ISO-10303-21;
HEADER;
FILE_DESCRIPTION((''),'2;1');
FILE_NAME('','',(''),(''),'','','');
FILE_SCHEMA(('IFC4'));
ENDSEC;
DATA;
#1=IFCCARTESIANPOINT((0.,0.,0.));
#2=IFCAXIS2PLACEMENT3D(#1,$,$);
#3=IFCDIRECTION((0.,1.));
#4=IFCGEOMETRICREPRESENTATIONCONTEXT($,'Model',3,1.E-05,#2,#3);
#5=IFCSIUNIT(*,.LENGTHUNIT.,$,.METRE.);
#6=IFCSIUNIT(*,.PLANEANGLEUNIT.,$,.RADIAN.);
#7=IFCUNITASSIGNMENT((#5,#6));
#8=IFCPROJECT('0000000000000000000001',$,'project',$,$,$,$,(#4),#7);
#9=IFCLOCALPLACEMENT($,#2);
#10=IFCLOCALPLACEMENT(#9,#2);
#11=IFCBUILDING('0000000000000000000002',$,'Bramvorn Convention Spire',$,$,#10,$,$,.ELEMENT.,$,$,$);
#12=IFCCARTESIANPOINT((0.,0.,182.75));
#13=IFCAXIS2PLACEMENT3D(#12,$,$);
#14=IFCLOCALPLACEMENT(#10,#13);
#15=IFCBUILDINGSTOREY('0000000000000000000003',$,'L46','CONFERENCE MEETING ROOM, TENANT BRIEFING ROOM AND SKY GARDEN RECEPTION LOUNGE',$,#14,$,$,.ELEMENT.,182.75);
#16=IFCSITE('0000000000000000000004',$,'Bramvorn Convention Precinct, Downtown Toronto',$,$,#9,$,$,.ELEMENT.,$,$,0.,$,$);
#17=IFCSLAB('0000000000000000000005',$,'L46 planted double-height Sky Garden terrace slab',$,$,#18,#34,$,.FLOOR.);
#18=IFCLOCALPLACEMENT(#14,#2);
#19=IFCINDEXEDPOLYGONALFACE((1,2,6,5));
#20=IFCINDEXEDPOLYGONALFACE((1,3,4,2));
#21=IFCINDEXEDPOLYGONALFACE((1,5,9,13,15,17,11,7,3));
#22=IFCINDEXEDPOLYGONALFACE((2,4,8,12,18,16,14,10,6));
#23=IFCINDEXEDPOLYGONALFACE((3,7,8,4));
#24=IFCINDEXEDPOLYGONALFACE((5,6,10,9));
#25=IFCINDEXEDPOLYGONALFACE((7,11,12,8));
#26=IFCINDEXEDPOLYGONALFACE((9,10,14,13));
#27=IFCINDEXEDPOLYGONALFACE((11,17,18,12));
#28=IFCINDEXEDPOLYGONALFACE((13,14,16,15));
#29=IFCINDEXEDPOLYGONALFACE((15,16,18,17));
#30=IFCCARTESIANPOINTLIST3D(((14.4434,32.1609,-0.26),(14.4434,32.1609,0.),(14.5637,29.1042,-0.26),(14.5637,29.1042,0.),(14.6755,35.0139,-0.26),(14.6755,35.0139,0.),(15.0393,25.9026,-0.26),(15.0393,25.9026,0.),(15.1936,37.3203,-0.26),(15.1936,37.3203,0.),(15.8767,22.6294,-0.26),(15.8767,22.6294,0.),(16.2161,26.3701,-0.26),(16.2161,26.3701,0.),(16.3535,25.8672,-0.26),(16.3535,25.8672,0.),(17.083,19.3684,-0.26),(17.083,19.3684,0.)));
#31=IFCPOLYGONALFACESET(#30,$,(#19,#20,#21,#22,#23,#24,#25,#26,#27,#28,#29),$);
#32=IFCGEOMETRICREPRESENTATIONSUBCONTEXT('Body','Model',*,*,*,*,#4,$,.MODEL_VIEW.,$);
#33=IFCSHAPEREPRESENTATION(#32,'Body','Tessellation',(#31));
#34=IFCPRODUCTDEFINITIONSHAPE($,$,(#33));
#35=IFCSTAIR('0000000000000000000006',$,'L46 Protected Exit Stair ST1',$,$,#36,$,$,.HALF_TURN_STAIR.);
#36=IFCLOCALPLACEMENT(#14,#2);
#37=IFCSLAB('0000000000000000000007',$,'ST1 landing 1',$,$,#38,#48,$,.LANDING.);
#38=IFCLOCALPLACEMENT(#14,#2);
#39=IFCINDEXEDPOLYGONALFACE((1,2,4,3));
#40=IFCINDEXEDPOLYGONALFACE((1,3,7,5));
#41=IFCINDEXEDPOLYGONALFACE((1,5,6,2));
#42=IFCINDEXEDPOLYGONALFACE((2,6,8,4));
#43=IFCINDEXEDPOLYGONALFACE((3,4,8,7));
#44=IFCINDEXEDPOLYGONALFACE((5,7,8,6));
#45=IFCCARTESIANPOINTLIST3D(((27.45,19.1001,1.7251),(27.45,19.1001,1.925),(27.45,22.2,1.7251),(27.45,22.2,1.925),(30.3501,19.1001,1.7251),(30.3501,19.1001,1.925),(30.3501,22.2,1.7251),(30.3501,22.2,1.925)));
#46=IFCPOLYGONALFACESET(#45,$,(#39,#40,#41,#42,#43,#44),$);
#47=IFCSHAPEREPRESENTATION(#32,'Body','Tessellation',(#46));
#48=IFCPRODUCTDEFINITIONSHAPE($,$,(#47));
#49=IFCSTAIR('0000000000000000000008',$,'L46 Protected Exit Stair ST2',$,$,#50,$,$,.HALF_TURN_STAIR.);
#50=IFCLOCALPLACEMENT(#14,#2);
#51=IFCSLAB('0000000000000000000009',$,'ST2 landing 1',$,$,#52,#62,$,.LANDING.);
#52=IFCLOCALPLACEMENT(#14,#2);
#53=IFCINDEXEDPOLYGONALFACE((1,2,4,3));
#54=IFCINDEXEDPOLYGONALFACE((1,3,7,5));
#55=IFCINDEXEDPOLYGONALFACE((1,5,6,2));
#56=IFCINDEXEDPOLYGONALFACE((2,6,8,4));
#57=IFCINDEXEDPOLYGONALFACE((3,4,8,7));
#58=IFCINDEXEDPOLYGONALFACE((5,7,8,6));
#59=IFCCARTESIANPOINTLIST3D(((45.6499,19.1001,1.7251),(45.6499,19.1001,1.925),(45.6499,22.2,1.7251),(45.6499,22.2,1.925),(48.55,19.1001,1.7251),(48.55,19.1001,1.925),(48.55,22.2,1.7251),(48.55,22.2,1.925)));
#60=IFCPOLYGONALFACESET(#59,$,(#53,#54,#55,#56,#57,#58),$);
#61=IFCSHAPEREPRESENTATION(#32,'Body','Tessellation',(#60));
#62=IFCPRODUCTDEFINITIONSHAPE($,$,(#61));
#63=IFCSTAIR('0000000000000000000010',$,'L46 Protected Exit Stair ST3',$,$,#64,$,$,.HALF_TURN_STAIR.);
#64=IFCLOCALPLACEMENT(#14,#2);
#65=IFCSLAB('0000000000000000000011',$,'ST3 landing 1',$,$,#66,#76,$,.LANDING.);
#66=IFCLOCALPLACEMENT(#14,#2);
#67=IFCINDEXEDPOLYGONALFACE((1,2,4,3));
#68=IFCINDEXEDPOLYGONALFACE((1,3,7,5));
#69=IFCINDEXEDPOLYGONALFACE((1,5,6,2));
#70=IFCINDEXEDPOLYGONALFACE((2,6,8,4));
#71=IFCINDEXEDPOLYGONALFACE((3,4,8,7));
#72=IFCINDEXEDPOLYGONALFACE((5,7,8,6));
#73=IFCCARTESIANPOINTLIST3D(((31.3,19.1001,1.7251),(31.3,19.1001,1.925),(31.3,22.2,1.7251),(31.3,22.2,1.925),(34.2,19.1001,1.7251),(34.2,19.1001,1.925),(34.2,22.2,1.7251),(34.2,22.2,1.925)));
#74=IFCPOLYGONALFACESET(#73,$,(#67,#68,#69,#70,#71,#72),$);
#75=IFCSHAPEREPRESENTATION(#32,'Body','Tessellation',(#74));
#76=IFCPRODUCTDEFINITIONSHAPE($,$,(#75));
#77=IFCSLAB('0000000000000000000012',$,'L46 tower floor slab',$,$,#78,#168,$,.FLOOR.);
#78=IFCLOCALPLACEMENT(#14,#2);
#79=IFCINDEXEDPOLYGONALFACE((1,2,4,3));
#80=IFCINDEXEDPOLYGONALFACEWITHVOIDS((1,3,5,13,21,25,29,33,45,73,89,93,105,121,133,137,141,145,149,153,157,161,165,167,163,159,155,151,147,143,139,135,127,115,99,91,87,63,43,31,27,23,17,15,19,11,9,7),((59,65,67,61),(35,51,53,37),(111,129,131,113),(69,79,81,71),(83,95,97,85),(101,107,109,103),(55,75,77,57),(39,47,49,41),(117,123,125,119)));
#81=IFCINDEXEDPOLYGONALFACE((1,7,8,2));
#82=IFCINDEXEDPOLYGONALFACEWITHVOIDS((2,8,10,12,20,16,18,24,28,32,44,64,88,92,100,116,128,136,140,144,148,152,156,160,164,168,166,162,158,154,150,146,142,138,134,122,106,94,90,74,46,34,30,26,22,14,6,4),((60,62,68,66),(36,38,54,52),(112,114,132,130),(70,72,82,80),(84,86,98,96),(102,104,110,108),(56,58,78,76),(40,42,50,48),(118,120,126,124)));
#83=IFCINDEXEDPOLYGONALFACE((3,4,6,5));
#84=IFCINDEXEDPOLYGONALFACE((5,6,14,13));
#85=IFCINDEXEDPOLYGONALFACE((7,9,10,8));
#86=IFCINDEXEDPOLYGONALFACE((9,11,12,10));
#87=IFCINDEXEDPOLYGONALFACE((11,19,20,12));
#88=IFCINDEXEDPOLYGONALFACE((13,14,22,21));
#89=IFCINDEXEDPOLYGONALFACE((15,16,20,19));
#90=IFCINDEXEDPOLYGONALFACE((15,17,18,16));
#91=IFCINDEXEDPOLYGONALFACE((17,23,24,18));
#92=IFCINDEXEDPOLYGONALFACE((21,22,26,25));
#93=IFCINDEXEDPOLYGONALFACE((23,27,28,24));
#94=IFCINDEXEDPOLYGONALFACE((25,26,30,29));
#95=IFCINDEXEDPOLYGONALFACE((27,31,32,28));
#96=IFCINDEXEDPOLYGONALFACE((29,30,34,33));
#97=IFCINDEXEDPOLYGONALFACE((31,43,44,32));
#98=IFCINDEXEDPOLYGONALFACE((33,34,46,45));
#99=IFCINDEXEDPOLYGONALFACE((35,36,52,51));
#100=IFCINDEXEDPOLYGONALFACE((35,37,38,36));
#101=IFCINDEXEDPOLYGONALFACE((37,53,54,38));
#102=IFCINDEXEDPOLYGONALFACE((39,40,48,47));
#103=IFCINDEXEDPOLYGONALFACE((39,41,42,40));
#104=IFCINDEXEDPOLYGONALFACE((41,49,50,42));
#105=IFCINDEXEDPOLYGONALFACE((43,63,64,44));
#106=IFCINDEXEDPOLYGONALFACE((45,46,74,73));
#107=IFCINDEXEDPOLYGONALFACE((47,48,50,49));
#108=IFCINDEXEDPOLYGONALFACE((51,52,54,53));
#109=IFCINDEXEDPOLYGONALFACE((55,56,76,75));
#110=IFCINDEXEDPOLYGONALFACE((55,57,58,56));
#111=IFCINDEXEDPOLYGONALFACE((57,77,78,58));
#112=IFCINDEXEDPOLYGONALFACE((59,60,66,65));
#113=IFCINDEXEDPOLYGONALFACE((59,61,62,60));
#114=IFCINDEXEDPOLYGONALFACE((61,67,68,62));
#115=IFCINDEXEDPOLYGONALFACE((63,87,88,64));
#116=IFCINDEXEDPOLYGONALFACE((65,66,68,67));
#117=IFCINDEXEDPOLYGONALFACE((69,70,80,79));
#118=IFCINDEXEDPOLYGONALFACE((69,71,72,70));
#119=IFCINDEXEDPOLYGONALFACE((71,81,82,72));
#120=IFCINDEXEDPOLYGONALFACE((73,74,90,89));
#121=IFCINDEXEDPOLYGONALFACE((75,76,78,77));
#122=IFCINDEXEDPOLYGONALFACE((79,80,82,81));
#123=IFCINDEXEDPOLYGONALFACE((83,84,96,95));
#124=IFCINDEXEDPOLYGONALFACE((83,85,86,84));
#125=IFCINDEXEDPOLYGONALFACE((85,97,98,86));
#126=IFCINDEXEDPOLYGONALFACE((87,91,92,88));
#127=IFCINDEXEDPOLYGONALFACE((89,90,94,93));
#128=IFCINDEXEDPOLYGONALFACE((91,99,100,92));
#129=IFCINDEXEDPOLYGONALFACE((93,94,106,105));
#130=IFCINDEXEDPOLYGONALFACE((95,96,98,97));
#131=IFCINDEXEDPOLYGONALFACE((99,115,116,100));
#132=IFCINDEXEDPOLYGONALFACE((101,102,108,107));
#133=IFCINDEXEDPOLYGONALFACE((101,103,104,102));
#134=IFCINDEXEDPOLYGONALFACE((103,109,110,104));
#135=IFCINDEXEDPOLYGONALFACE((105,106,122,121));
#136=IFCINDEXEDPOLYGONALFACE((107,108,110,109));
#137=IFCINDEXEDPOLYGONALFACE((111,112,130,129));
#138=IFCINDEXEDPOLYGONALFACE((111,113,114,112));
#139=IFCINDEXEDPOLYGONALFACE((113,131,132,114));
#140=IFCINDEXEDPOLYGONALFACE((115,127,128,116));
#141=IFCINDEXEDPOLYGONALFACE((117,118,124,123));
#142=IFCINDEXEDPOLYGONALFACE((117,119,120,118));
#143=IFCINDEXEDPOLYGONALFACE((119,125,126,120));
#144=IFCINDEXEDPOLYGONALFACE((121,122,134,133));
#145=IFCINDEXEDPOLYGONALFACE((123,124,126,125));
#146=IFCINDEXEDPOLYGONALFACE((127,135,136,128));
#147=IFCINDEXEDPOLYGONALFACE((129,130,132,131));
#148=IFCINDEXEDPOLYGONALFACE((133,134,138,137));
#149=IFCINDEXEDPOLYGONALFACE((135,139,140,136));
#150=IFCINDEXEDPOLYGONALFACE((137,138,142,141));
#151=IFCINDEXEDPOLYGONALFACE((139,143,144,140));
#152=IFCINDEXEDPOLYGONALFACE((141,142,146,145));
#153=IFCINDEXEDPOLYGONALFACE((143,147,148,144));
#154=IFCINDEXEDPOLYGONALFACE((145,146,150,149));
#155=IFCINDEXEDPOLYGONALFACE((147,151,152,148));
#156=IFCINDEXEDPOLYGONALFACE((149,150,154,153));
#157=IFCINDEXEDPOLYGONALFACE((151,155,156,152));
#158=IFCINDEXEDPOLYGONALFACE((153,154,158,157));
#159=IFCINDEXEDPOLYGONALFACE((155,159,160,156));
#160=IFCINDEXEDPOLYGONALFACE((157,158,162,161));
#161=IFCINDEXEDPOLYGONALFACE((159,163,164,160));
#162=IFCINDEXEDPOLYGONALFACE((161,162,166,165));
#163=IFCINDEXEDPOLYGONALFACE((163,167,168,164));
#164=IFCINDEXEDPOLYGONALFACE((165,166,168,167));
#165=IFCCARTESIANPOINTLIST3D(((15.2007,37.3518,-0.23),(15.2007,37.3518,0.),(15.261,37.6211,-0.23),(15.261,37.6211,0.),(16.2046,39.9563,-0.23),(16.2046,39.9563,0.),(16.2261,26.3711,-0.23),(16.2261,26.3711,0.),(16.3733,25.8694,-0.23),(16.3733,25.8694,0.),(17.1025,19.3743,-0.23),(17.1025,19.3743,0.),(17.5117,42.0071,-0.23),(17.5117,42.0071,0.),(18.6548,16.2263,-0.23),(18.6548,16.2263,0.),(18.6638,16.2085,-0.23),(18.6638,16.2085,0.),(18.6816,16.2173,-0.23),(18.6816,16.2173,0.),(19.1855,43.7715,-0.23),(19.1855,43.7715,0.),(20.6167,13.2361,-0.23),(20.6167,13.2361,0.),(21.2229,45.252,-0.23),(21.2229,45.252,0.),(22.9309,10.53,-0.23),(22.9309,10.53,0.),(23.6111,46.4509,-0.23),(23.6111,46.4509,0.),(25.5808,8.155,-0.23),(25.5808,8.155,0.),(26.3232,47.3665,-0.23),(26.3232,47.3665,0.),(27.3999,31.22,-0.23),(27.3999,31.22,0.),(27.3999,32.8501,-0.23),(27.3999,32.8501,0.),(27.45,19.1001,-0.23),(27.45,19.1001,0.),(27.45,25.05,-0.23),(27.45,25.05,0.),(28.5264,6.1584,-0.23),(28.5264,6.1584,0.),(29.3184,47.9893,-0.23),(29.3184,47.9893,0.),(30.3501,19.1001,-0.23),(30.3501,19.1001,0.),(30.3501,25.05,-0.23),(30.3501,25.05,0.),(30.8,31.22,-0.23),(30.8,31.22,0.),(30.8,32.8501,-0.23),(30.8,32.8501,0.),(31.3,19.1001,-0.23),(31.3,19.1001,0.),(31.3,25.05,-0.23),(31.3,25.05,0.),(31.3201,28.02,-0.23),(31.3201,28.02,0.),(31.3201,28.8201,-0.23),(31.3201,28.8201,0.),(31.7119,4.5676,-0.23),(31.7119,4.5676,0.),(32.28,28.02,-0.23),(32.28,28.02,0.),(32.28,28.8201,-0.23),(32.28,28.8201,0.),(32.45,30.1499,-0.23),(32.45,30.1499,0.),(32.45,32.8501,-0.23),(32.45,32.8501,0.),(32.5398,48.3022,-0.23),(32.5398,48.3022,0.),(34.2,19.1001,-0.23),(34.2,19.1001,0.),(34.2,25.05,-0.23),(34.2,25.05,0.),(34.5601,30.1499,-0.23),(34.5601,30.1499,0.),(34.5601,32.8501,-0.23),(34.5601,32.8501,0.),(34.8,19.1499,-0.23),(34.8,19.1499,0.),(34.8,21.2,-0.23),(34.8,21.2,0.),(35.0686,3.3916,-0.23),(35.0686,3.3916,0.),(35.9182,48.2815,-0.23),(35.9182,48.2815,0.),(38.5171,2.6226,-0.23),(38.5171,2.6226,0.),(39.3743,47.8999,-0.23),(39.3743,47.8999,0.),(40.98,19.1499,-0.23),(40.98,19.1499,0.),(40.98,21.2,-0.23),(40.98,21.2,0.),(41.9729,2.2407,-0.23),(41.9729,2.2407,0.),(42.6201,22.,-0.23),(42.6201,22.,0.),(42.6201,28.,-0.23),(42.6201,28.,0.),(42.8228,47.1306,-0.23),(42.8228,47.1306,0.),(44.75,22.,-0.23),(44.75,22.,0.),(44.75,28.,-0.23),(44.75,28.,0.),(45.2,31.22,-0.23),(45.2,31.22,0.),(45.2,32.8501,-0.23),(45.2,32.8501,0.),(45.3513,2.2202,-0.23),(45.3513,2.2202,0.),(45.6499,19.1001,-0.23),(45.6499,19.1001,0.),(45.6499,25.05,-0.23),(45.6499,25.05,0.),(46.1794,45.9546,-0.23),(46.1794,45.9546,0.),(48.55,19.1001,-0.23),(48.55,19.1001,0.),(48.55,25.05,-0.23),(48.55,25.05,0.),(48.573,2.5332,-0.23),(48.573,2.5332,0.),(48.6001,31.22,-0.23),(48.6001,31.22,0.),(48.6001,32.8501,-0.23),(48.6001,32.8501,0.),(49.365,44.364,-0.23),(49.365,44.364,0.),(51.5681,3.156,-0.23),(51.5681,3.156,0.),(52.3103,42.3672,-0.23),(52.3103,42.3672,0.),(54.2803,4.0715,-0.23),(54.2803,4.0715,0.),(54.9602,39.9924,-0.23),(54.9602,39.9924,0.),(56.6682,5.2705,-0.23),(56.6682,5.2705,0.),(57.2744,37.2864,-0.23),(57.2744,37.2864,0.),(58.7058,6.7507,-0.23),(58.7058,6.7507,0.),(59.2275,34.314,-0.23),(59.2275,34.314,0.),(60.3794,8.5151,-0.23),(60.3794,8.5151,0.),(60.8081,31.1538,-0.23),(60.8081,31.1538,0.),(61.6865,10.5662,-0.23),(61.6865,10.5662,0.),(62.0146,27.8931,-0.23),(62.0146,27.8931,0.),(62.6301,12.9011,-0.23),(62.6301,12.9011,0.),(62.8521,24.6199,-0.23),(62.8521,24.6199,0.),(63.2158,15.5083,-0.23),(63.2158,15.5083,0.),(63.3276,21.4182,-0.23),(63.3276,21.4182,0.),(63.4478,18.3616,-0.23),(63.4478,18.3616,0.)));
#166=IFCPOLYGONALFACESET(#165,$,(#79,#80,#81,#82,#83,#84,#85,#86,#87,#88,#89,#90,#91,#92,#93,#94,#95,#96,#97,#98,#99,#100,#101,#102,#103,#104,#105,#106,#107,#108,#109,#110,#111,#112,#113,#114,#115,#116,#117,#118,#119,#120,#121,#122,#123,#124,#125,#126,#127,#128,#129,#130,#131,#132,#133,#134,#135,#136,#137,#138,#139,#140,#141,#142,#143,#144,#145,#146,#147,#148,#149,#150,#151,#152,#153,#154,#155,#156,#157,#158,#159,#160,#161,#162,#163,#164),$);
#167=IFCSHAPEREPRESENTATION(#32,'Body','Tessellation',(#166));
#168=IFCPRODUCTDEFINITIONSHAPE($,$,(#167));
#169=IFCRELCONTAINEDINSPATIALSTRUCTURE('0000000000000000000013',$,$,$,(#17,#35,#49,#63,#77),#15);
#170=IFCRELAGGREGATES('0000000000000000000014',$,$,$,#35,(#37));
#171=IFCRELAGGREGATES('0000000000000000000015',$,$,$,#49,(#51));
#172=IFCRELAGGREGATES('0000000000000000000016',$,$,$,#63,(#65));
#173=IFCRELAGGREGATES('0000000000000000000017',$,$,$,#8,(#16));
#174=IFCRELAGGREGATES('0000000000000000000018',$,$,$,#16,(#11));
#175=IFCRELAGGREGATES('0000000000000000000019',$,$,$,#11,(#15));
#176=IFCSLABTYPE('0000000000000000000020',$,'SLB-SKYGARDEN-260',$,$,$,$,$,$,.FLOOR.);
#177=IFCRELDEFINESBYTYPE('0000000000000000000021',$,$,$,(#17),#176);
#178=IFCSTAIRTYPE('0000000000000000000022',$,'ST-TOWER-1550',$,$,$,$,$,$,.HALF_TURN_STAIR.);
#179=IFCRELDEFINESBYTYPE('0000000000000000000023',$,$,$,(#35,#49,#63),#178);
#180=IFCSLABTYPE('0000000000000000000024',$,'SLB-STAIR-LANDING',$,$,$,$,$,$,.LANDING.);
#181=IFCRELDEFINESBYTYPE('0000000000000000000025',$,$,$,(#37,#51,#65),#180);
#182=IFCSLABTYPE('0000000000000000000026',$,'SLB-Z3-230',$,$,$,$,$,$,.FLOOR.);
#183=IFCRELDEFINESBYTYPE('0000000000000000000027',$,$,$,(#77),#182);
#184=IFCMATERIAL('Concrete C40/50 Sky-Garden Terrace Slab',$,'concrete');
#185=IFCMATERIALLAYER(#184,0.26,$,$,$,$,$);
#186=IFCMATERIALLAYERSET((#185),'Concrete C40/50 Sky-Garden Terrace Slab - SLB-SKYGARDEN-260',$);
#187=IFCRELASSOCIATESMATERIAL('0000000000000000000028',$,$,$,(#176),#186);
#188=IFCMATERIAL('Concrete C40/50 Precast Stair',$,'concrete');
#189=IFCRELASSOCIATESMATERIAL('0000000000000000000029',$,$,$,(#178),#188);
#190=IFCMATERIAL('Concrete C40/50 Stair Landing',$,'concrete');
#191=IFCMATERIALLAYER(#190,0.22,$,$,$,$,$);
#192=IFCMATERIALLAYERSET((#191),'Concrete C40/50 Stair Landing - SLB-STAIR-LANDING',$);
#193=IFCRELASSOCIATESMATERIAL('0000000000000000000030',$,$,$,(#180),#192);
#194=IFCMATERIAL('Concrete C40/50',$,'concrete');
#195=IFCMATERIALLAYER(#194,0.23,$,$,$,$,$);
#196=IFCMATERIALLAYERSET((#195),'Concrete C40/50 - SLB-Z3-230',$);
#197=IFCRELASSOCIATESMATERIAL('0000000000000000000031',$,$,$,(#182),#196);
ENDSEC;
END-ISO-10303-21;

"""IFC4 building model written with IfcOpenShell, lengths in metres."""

from ifc_helpers import new_model, si_unit, direction, frame, origin, place, context, subcontext, project, spatial, polyline, outline, extrude, material, layer, layer_set, type_object, element, aggregate, save


model = new_model("IFC4")

# Units and contexts
model_context = context("Model", 3, precision=1e-05, world=origin(), true_north=direction((0.0, 1.0)))
body_context = subcontext(model_context, "Body", "Model", "MODEL_VIEW")
ifc_project = project(units=[si_unit("LENGTHUNIT", "METRE"), si_unit("PLANEANGLEUNIT", "RADIAN")], contexts=[model_context])

# Site, building, storey
site_placement = place(None, origin())
site = spatial("IfcSite", under=ifc_project, at=site_placement, Name="Bramvorn Convention Precinct, Downtown Toronto", CompositionType="ELEMENT", RefElevation=0.0)
building_placement = place(site_placement, origin())
building = spatial("IfcBuilding", under=site, at=building_placement, Name="Bramvorn Convention Spire", CompositionType="ELEMENT")
storey_placement = place(building_placement, frame((0.0, 0.0, 182.75)))
storey = spatial("IfcBuildingStorey", under=building, at=storey_placement, Name="L46", Description="CONFERENCE MEETING ROOM, TENANT BRIEFING ROOM AND SKY GARDEN RECEPTION LOUNGE", CompositionType="ELEMENT", Elevation=182.75)

# Slab
ifc_material_1 = material(Name="Concrete C40/50 Sky-Garden Terrace Slab", Category="concrete")
ifc_layer_1 = layer(ifc_material_1, 0.26)
ifc_layer_set_1 = layer_set([ifc_layer_1], Name="Concrete C40/50 Sky-Garden Terrace Slab - SLB-SKYGARDEN-260")
slab_type_1 = type_object("IfcSlabType", Name="SLB-SKYGARDEN-260", PredefinedType="FLOOR", material=ifc_layer_set_1)
slab_1_placement = place(storey_placement, frame((0.0, 0.0, -0.26)))
element("IfcSlab", 1, at=slab_1_placement, inside=storey, type_object=slab_type_1, Name="L46 planted double-height Sky Garden terrace slab", PredefinedType="FLOOR", context=body_context, shape_type="SweptSolid", body=[
    extrude(outline(polyline([(15.0393, 25.9026), (15.8767, 22.6294), (17.083, 19.3684), (16.3535, 25.8672), (16.2161, 26.3701), (15.1936, 37.3203), (14.6755, 35.0139), (14.4434, 32.1609), (14.5637, 29.1042), (15.0393, 25.9026)])), origin(), (0.0, 0.0, 1.0), 0.26),
])

# Stairs, slabs
ifc_material_2 = material(Name="Concrete C40/50 Precast Stair", Category="concrete")
stair_type = type_object("IfcStairType", Name="ST-TOWER-1550", PredefinedType="HALF_TURN_STAIR", material=ifc_material_2)
stair_1_placement = place(storey_placement, origin())
stair_1 = element("IfcStair", 2, at=stair_1_placement, inside=storey, type_object=stair_type, Name="L46 Protected Exit Stair ST1", PredefinedType="HALF_TURN_STAIR")
ifc_material_3 = material(Name="Concrete C40/50 Stair Landing", Category="concrete")
ifc_layer_2 = layer(ifc_material_3, 0.22)
ifc_layer_set_2 = layer_set([ifc_layer_2], Name="Concrete C40/50 Stair Landing - SLB-STAIR-LANDING")
slab_type_2 = type_object("IfcSlabType", Name="SLB-STAIR-LANDING", PredefinedType="LANDING", material=ifc_layer_set_2)
slab_2_placement = place(storey_placement, frame((0.0, 0.0, 1.7251)))
slab_2 = element("IfcSlab", 3, at=slab_2_placement, type_object=slab_type_2, Name="ST1 landing 1", PredefinedType="LANDING", context=body_context, shape_type="SweptSolid", body=[
    extrude(outline(polyline([(27.45, 22.2), (27.45, 19.1001), (30.3501, 19.1001), (30.3501, 22.2), (27.45, 22.2)])), origin(), (0.0, 0.0, 1.0), 0.2),
])
aggregate(stair_1, [slab_2])
stair_2_placement = place(storey_placement, origin())
stair_2 = element("IfcStair", 4, at=stair_2_placement, inside=storey, type_object=stair_type, Name="L46 Protected Exit Stair ST2", PredefinedType="HALF_TURN_STAIR")
slab_3_placement = place(storey_placement, frame((0.0, 0.0, 1.7251)))
slab_3 = element("IfcSlab", 5, at=slab_3_placement, type_object=slab_type_2, Name="ST2 landing 1", PredefinedType="LANDING", context=body_context, shape_type="SweptSolid", body=[
    extrude(outline(polyline([(45.6499, 22.2), (45.6499, 19.1001), (48.55, 19.1001), (48.55, 22.2), (45.6499, 22.2)])), origin(), (0.0, 0.0, 1.0), 0.2),
])
aggregate(stair_2, [slab_3])
stair_3_placement = place(storey_placement, origin())
stair_3 = element("IfcStair", 6, at=stair_3_placement, inside=storey, type_object=stair_type, Name="L46 Protected Exit Stair ST3", PredefinedType="HALF_TURN_STAIR")
slab_4_placement = place(storey_placement, frame((0.0, 0.0, 1.7251)))
slab_4 = element("IfcSlab", 7, at=slab_4_placement, type_object=slab_type_2, Name="ST3 landing 1", PredefinedType="LANDING", context=body_context, shape_type="SweptSolid", body=[
    extrude(outline(polyline([(31.3, 22.2), (31.3, 19.1001), (34.2, 19.1001), (34.2, 22.2), (31.3, 22.2)])), origin(), (0.0, 0.0, 1.0), 0.2),
])
aggregate(stair_3, [slab_4])

# Slab
ifc_material_4 = material(Name="Concrete C40/50", Category="concrete")
ifc_layer_3 = layer(ifc_material_4, 0.23)
ifc_layer_set_3 = layer_set([ifc_layer_3], Name="Concrete C40/50 - SLB-Z3-230")
slab_type_3 = type_object("IfcSlabType", Name="SLB-Z3-230", PredefinedType="FLOOR", material=ifc_layer_set_3)
slab_5_placement = place(storey_placement, frame((0.0, 0.0, -0.23)))
element("IfcSlab", 8, at=slab_5_placement, inside=storey, type_object=slab_type_3, Name="L46 tower floor slab", PredefinedType="FLOOR", context=body_context, shape_type="SweptSolid", body=[
    extrude(outline(polyline([(58.7058, 6.7507), (56.6682, 5.2705), (54.2803, 4.0715), (51.5681, 3.156), (48.573, 2.5332), (45.3513, 2.2202), (41.9729, 2.2407), (38.5171, 2.6226), (35.0686, 3.3916), (31.7119, 4.5676), (28.5264, 6.1584), (25.5808, 8.155), (22.9309, 10.53), (20.6167, 13.2361), (18.6638, 16.2085), (18.6548, 16.2263), (18.6816, 16.2173), (17.1025, 19.3743), (16.3733, 25.8694), (16.2261, 26.3711), (15.2007, 37.3518), (15.261, 37.6211), (16.2046, 39.9563), (17.5117, 42.0071), (19.1855, 43.7715), (21.2229, 45.252), (23.6111, 46.4509), (26.3232, 47.3665), (29.3184, 47.9893), (32.5398, 48.3022), (35.9182, 48.2815), (39.3743, 47.8999), (42.8228, 47.1306), (46.1794, 45.9546), (49.365, 44.364), (52.3103, 42.3672), (54.9602, 39.9924), (57.2744, 37.2864), (59.2275, 34.314), (60.8081, 31.1538), (62.0146, 27.8931), (62.8521, 24.6199), (63.3276, 21.4182), (63.4478, 18.3616), (63.2158, 15.5083), (62.6301, 12.9011), (61.6865, 10.5662), (60.3794, 8.5151), (58.7058, 6.7507)]), holes=[polyline([(27.45, 25.05), (27.45, 19.1001), (30.3501, 19.1001), (30.3501, 25.05), (27.45, 25.05)]), polyline([(45.6499, 25.05), (45.6499, 19.1001), (48.55, 19.1001), (48.55, 25.05), (45.6499, 25.05)]), polyline([(31.3, 25.05), (31.3, 19.1001), (34.2, 19.1001), (34.2, 25.05), (31.3, 25.05)]), polyline([(27.3999, 31.22), (30.8, 31.22), (30.8, 32.8501), (27.3999, 32.8501), (27.3999, 31.22)]), polyline([(45.2, 31.22), (48.6001, 31.22), (48.6001, 32.8501), (45.2, 32.8501), (45.2, 31.22)]), polyline([(32.45, 30.1499), (34.5601, 30.1499), (34.5601, 32.8501), (32.45, 32.8501), (32.45, 30.1499)]), polyline([(34.8, 19.1499), (40.98, 19.1499), (40.98, 21.2), (34.8, 21.2), (34.8, 19.1499)]), polyline([(42.6201, 22.0), (44.75, 22.0), (44.75, 28.0), (42.6201, 28.0), (42.6201, 22.0)]), polyline([(31.3201, 28.02), (32.28, 28.02), (32.28, 28.8201), (31.3201, 28.8201), (31.3201, 28.02)])]), origin(), (0.0, 0.0, 1.0), 0.23),
])

save(model, "model.ifc")
